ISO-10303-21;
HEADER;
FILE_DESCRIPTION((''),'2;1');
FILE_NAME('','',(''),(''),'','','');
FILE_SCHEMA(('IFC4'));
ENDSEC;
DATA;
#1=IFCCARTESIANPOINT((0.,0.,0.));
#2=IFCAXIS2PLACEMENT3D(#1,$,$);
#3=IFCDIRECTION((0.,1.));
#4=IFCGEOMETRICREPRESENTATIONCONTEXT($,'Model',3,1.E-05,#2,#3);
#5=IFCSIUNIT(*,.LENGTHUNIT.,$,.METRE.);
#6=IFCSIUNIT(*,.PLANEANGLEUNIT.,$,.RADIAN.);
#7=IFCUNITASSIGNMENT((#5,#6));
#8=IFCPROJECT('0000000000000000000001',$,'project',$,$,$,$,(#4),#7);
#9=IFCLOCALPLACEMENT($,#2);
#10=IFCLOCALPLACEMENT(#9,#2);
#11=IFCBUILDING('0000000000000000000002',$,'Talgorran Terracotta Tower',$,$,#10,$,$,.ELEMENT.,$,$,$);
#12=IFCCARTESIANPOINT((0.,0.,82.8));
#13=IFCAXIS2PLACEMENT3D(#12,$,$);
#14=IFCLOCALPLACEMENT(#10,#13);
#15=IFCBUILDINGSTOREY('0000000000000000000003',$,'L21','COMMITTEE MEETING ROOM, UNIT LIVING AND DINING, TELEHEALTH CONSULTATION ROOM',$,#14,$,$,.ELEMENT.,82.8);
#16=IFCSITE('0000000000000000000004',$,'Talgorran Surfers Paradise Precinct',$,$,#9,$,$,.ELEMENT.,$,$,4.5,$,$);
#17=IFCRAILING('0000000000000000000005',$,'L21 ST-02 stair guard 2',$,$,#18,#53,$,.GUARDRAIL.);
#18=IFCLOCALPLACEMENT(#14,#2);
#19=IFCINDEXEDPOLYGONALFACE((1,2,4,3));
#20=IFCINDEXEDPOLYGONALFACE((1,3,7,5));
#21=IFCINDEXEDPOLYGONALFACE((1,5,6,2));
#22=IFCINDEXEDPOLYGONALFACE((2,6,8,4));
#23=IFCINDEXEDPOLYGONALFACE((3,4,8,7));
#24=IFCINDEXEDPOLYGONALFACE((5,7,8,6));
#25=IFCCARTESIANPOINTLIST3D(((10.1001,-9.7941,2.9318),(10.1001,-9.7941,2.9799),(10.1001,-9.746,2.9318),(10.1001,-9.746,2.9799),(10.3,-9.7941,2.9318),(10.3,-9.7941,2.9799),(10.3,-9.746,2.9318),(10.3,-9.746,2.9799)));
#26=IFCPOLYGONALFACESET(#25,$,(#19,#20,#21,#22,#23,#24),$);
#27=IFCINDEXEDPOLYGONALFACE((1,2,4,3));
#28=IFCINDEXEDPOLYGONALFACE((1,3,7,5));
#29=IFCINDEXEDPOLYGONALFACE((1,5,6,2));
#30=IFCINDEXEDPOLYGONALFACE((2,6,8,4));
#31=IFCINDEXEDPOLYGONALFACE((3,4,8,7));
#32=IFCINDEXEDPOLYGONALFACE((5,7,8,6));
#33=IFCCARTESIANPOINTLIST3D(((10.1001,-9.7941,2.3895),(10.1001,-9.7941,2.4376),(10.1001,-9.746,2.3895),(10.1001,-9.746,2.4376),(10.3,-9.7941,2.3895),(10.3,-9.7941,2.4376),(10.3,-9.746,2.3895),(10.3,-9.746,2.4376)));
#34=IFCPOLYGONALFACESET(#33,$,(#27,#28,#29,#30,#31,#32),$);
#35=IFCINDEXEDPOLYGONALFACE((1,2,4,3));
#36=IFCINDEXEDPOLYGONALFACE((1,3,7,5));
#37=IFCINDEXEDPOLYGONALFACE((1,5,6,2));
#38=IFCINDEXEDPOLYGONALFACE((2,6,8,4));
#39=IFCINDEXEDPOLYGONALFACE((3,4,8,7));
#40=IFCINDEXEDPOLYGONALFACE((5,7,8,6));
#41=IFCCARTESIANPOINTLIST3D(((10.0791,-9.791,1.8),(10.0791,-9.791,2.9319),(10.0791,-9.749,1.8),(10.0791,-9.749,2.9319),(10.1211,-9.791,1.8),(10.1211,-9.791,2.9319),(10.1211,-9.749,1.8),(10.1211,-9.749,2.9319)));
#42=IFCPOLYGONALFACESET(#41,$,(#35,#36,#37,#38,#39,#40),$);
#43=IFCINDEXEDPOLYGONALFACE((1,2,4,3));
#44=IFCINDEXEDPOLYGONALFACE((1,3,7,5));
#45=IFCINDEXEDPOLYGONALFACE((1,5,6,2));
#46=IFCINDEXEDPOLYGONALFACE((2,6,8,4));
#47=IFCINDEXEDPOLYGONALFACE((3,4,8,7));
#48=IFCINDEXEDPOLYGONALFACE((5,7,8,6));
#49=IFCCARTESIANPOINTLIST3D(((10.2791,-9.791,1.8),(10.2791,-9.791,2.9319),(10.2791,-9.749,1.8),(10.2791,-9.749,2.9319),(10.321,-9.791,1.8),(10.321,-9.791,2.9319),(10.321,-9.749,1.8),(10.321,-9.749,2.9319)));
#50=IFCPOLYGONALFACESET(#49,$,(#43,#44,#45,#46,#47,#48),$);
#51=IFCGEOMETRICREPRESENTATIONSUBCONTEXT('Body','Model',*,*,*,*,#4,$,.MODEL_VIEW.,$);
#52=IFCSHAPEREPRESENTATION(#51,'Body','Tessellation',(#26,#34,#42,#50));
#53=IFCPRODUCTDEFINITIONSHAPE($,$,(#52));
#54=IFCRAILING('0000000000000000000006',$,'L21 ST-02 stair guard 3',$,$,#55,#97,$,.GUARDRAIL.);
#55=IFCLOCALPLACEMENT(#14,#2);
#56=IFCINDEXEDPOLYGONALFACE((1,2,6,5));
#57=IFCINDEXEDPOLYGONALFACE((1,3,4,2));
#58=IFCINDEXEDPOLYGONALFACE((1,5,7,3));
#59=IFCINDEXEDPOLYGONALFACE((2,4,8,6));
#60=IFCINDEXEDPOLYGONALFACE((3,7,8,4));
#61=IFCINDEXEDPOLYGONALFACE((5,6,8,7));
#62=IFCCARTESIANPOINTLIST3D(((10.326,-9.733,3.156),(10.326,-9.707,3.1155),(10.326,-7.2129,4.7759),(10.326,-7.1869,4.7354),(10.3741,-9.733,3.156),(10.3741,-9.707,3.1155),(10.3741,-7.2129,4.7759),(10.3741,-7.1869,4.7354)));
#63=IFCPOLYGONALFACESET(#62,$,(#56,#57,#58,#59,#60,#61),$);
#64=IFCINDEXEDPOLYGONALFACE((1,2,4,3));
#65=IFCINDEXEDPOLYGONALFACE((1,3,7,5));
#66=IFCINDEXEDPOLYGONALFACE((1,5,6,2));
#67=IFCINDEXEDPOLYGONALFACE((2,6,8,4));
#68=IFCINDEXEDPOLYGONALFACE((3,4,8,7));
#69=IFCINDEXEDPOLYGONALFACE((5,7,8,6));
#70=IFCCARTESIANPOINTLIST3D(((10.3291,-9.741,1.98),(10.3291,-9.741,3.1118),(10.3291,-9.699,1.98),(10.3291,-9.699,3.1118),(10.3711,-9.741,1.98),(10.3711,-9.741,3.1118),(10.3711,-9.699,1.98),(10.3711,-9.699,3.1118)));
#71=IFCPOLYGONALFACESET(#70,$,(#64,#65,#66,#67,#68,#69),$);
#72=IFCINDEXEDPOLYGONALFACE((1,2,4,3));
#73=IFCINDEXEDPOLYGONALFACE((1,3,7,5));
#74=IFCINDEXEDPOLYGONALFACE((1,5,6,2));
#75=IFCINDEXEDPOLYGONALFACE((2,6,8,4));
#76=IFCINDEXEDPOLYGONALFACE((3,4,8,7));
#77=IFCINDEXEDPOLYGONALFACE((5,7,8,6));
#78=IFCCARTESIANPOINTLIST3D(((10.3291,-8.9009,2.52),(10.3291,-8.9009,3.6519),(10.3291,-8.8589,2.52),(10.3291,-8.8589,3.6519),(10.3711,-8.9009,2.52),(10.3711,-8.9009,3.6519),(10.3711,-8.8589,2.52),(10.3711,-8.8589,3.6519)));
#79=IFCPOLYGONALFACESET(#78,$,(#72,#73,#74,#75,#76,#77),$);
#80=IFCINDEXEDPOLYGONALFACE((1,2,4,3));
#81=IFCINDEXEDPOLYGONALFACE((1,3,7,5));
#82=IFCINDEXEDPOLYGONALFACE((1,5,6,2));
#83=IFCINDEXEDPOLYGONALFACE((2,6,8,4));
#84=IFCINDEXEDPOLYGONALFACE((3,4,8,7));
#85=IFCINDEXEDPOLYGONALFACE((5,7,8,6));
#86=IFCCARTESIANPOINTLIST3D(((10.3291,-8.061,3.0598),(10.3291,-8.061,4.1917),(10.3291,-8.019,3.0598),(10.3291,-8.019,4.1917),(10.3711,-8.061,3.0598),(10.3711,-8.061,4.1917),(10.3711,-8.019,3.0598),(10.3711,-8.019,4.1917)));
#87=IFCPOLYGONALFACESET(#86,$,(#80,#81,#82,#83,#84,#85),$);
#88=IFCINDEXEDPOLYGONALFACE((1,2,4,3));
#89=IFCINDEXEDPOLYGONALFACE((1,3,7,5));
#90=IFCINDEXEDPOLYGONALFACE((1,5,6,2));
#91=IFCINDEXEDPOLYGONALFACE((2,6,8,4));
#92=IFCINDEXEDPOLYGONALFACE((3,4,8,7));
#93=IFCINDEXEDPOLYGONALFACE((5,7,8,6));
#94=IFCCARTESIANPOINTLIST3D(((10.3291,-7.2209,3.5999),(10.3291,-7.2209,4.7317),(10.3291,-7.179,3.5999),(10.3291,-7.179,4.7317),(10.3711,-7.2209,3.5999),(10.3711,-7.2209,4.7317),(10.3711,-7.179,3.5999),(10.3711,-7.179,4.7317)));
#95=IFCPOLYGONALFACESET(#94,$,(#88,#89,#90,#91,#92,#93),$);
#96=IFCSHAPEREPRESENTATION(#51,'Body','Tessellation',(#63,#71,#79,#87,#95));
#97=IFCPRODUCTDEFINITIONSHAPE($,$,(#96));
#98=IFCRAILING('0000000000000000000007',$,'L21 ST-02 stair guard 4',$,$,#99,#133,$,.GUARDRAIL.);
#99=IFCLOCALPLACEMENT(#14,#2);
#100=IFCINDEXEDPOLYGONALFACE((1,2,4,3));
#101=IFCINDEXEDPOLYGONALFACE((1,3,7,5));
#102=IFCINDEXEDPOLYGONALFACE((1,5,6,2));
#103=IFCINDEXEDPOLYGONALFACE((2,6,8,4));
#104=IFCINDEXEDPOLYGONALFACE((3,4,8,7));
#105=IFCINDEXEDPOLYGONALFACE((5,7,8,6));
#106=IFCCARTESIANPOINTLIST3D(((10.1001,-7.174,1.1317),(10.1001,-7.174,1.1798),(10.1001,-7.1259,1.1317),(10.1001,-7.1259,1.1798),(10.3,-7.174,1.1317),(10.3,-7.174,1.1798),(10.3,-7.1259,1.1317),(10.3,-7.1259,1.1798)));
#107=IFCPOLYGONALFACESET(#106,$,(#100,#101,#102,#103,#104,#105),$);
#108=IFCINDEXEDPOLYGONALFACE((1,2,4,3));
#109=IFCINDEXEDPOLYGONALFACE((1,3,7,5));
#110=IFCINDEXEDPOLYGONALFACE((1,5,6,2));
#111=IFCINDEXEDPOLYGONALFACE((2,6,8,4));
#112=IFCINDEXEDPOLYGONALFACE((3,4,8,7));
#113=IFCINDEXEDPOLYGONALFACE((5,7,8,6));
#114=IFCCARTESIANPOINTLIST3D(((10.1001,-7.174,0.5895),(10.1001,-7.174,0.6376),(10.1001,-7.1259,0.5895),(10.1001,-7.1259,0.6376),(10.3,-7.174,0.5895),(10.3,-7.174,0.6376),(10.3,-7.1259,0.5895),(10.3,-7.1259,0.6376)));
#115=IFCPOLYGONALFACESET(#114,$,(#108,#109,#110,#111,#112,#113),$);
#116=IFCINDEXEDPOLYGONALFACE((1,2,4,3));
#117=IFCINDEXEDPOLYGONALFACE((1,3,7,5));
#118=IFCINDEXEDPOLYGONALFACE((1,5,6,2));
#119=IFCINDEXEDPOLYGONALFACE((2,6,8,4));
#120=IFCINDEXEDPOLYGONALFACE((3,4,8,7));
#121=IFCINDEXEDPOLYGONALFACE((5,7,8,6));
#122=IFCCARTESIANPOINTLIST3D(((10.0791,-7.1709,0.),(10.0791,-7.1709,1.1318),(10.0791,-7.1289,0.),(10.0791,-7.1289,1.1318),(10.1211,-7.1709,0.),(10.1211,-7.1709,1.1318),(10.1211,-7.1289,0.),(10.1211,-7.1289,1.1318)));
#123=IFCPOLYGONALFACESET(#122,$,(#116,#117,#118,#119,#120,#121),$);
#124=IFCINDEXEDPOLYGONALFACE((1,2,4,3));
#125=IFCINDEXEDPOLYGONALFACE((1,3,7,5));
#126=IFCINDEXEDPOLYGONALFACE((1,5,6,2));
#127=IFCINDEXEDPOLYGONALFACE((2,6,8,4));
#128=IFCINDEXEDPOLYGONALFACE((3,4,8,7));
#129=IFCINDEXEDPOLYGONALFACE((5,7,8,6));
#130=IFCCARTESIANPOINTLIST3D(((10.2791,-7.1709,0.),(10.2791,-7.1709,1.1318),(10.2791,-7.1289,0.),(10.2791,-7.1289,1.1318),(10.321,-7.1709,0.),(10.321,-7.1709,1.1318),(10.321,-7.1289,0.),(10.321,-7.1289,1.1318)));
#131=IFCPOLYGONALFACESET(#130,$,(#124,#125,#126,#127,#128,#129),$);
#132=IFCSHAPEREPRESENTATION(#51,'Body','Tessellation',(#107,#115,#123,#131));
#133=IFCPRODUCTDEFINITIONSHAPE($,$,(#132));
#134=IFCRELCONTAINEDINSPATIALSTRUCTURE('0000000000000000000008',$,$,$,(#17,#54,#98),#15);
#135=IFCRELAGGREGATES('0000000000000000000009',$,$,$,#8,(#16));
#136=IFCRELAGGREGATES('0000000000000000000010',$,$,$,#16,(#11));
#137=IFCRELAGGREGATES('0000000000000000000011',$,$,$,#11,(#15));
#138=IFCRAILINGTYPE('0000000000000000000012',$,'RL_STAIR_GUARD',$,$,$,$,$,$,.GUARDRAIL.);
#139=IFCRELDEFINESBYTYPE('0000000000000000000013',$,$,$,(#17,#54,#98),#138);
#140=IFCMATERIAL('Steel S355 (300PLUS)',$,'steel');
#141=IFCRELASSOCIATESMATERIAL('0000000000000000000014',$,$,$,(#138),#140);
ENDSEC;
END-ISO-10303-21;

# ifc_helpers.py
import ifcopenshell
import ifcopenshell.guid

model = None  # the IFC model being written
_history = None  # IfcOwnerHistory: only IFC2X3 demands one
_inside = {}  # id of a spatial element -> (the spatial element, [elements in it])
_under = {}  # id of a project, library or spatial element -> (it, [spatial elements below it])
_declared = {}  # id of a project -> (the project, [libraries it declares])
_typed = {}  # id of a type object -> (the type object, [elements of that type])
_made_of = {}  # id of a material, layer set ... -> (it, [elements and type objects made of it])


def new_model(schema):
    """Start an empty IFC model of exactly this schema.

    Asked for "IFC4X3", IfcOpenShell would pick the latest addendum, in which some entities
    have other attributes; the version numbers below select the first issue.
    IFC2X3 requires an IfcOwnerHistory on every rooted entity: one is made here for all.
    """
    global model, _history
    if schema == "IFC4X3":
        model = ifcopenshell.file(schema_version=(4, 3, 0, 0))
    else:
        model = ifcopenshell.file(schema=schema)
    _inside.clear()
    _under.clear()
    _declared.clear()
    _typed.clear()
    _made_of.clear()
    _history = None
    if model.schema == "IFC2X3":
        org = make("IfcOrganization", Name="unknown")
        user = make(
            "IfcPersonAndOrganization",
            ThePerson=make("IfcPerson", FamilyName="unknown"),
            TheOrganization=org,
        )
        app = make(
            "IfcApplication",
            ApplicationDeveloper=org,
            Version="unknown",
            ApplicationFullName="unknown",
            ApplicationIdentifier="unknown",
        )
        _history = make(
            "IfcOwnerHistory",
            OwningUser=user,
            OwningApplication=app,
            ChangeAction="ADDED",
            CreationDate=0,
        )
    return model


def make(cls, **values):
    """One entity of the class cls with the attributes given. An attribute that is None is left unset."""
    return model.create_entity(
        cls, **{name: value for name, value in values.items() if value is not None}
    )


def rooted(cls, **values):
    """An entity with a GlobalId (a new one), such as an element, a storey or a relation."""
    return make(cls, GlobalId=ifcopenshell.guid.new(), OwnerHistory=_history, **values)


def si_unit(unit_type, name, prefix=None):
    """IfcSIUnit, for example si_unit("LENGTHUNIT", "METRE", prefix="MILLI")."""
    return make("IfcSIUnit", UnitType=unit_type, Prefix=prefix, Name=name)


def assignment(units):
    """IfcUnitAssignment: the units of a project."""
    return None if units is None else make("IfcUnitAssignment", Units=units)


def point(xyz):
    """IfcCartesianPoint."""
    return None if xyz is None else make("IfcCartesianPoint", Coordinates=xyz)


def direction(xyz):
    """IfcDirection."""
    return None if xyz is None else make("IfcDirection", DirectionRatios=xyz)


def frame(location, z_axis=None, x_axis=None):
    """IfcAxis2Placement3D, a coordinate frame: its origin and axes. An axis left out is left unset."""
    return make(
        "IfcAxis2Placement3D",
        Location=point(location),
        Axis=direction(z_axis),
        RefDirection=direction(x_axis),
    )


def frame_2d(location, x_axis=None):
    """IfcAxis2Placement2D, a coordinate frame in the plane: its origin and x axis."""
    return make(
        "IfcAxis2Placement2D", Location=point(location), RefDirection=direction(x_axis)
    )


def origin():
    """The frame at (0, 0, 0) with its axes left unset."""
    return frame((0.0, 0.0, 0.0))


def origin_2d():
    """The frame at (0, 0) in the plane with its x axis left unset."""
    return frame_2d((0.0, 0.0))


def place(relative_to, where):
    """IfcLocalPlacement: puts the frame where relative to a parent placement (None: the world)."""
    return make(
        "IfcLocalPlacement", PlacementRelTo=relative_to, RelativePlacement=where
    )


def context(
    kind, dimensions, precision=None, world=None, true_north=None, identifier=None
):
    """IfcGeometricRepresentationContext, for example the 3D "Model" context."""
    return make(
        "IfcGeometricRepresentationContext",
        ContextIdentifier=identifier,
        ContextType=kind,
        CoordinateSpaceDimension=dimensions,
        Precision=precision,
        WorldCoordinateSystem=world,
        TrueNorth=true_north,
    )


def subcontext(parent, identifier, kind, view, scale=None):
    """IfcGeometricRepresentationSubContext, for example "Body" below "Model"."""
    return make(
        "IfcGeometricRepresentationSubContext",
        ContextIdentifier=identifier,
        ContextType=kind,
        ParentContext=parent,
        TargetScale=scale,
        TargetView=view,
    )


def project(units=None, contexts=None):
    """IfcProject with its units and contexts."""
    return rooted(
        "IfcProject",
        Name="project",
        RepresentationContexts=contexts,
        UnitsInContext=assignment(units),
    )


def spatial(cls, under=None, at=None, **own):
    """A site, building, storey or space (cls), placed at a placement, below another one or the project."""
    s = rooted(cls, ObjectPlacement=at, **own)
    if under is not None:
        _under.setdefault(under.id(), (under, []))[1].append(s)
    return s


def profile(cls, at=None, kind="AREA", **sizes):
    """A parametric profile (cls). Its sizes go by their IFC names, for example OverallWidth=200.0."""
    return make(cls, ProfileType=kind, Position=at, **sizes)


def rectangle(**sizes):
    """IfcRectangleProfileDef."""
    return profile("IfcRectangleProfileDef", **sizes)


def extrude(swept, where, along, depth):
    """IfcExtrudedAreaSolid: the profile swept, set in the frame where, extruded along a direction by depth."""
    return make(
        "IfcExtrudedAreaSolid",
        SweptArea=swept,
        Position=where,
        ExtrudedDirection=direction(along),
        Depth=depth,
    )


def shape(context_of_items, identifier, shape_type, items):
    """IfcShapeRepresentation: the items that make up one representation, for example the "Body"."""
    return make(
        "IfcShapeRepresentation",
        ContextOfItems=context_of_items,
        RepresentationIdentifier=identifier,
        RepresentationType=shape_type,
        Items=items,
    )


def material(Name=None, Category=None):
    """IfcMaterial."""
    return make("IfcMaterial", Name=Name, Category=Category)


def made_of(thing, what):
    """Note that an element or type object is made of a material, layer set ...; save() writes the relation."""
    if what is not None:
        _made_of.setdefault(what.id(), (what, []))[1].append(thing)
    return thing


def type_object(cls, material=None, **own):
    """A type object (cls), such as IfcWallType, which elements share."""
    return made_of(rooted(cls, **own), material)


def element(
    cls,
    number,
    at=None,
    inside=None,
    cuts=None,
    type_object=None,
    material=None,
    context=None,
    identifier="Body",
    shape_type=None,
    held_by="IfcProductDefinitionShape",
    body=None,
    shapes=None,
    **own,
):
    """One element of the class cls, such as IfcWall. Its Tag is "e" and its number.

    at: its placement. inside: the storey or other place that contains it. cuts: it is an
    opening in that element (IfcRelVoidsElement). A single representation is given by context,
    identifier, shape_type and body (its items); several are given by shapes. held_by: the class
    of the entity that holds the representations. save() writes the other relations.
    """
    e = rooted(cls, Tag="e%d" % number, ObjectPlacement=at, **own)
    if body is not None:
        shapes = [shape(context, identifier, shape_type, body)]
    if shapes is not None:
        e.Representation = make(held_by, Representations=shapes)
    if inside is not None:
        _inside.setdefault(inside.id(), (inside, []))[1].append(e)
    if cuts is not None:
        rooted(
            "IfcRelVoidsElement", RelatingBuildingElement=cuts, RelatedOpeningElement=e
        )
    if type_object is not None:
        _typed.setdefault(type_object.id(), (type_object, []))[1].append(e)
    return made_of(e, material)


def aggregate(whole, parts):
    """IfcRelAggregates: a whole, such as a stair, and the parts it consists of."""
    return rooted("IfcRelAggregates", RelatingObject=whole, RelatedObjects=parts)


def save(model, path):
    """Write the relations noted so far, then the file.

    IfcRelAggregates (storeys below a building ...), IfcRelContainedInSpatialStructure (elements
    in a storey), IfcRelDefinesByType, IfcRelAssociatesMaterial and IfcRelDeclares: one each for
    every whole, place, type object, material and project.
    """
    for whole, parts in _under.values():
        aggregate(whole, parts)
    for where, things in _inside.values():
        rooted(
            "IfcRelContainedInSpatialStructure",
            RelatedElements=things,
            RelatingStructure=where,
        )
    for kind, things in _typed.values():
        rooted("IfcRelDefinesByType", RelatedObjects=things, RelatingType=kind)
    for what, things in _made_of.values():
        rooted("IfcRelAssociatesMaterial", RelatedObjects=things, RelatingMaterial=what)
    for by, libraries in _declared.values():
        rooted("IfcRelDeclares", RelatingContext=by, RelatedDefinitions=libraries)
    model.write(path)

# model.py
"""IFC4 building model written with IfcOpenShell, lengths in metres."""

from ifc_helpers import new_model, si_unit, direction, frame, origin, origin_2d, place, context, subcontext, project, spatial, rectangle, extrude, material, type_object, element, save


model = new_model("IFC4")

# Units and contexts
model_context = context("Model", 3, precision=1e-05, world=origin(), true_north=direction((0.0, 1.0)))
body_context = subcontext(model_context, "Body", "Model", "MODEL_VIEW")
ifc_project = project(units=[si_unit("LENGTHUNIT", "METRE"), si_unit("PLANEANGLEUNIT", "RADIAN")], contexts=[model_context])

# Site, building, storey
site_placement = place(None, origin())
site = spatial("IfcSite", under=ifc_project, at=site_placement, Name="Talgorran Surfers Paradise Precinct", CompositionType="ELEMENT", RefElevation=4.5)
building_placement = place(site_placement, origin())
building = spatial("IfcBuilding", under=site, at=building_placement, Name="Talgorran Terracotta Tower", CompositionType="ELEMENT")
storey_placement = place(building_placement, frame((0.0, 0.0, 82.8)))
storey = spatial("IfcBuildingStorey", under=building, at=storey_placement, Name="L21", Description="COMMITTEE MEETING ROOM, UNIT LIVING AND DINING, TELEHEALTH CONSULTATION ROOM", CompositionType="ELEMENT", Elevation=82.8)

# Shared definitions
ifc_material_1 = material(Name="Steel S355 (300PLUS)", Category="steel")

# Railings
railing_type_1 = type_object("IfcRailingType", Name="RL_STAIR_GUARD", PredefinedType="GUARDRAIL", material=ifc_material_1)
railing_1_placement = place(storey_placement, frame((10.1001, -9.77, 1.8)))
element("IfcRailing", 1, at=railing_1_placement, inside=storey, type_object=railing_type_1, Name="L21 ST-02 stair guard 2", PredefinedType="GUARDRAIL", context=body_context, shape_type="SweptSolid", body=[
    extrude(rectangle(XDim=0.0481, YDim=0.0481, at=origin_2d()), frame((0.0, 0.0, 1.1558), z_axis=(1.0, 0.0, 0.0), x_axis=(0.0, 1.0, 0.0)), (0.0, 0.0, 1.0), 0.2),
    extrude(rectangle(XDim=0.0481, YDim=0.0481, at=origin_2d()), frame((0.0, 0.0, 0.6135), z_axis=(1.0, 0.0, 0.0), x_axis=(0.0, 1.0, 0.0)), (0.0, 0.0, 1.0), 0.2),
    extrude(rectangle(XDim=0.042, YDim=0.042, at=origin_2d()), origin(), (0.0, 0.0, 1.0), 1.1318),
    extrude(rectangle(XDim=0.042, YDim=0.042, at=origin_2d()), frame((0.2, 0.0, 0.0)), (0.0, 0.0, 1.0), 1.1318),
])
railing_2_placement = place(storey_placement, frame((10.3501, -9.72, 1.98)))
element("IfcRailing", 2, at=railing_2_placement, inside=storey, type_object=railing_type_1, Name="L21 ST-02 stair guard 3", PredefinedType="GUARDRAIL", context=body_context, shape_type="SweptSolid", body=[
    extrude(rectangle(XDim=0.0481, YDim=0.0481, at=origin_2d()), frame((0.0, 0.0, 1.1558), z_axis=(0.0, 0.8412, 0.540725), x_axis=(-1.0, 0.0, 0.0)), (0.0, 0.0, 1.0), 2.9958),
    extrude(rectangle(XDim=0.042, YDim=0.042, at=origin_2d()), origin(), (0.0, 0.0, 1.0), 1.1318),
    extrude(rectangle(XDim=0.042, YDim=0.042, at=origin_2d()), frame((0.0, 0.8401, 0.54)), (0.0, 0.0, 1.0), 1.1318),
    extrude(rectangle(XDim=0.042, YDim=0.042, at=origin_2d()), frame((0.0, 1.6799, 1.0798)), (0.0, 0.0, 1.0), 1.1318),
    extrude(rectangle(XDim=0.042, YDim=0.042, at=origin_2d()), frame((0.0, 2.52, 1.6199)), (0.0, 0.0, 1.0), 1.1318),
])
railing_3_placement = place(storey_placement, frame((10.1001, -7.1499, 0.0)))
element("IfcRailing", 3, at=railing_3_placement, inside=storey, type_object=railing_type_1, Name="L21 ST-02 stair guard 4", PredefinedType="GUARDRAIL", context=body_context, shape_type="SweptSolid", body=[
    extrude(rectangle(XDim=0.0481, YDim=0.0481, at=origin_2d()), frame((0.0, 0.0, 1.1558), z_axis=(1.0, 0.0, 0.0), x_axis=(0.0, 1.0, 0.0)), (0.0, 0.0, 1.0), 0.2),
    extrude(rectangle(XDim=0.0481, YDim=0.0481, at=origin_2d()), frame((0.0, 0.0, 0.6135), z_axis=(1.0, 0.0, 0.0), x_axis=(0.0, 1.0, 0.0)), (0.0, 0.0, 1.0), 0.2),
    extrude(rectangle(XDim=0.042, YDim=0.042, at=origin_2d()), origin(), (0.0, 0.0, 1.0), 1.1318),
    extrude(rectangle(XDim=0.042, YDim=0.042, at=origin_2d()), frame((0.2, 0.0, 0.0)), (0.0, 0.0, 1.0), 1.1318),
])

save(model, "model.ifc")
